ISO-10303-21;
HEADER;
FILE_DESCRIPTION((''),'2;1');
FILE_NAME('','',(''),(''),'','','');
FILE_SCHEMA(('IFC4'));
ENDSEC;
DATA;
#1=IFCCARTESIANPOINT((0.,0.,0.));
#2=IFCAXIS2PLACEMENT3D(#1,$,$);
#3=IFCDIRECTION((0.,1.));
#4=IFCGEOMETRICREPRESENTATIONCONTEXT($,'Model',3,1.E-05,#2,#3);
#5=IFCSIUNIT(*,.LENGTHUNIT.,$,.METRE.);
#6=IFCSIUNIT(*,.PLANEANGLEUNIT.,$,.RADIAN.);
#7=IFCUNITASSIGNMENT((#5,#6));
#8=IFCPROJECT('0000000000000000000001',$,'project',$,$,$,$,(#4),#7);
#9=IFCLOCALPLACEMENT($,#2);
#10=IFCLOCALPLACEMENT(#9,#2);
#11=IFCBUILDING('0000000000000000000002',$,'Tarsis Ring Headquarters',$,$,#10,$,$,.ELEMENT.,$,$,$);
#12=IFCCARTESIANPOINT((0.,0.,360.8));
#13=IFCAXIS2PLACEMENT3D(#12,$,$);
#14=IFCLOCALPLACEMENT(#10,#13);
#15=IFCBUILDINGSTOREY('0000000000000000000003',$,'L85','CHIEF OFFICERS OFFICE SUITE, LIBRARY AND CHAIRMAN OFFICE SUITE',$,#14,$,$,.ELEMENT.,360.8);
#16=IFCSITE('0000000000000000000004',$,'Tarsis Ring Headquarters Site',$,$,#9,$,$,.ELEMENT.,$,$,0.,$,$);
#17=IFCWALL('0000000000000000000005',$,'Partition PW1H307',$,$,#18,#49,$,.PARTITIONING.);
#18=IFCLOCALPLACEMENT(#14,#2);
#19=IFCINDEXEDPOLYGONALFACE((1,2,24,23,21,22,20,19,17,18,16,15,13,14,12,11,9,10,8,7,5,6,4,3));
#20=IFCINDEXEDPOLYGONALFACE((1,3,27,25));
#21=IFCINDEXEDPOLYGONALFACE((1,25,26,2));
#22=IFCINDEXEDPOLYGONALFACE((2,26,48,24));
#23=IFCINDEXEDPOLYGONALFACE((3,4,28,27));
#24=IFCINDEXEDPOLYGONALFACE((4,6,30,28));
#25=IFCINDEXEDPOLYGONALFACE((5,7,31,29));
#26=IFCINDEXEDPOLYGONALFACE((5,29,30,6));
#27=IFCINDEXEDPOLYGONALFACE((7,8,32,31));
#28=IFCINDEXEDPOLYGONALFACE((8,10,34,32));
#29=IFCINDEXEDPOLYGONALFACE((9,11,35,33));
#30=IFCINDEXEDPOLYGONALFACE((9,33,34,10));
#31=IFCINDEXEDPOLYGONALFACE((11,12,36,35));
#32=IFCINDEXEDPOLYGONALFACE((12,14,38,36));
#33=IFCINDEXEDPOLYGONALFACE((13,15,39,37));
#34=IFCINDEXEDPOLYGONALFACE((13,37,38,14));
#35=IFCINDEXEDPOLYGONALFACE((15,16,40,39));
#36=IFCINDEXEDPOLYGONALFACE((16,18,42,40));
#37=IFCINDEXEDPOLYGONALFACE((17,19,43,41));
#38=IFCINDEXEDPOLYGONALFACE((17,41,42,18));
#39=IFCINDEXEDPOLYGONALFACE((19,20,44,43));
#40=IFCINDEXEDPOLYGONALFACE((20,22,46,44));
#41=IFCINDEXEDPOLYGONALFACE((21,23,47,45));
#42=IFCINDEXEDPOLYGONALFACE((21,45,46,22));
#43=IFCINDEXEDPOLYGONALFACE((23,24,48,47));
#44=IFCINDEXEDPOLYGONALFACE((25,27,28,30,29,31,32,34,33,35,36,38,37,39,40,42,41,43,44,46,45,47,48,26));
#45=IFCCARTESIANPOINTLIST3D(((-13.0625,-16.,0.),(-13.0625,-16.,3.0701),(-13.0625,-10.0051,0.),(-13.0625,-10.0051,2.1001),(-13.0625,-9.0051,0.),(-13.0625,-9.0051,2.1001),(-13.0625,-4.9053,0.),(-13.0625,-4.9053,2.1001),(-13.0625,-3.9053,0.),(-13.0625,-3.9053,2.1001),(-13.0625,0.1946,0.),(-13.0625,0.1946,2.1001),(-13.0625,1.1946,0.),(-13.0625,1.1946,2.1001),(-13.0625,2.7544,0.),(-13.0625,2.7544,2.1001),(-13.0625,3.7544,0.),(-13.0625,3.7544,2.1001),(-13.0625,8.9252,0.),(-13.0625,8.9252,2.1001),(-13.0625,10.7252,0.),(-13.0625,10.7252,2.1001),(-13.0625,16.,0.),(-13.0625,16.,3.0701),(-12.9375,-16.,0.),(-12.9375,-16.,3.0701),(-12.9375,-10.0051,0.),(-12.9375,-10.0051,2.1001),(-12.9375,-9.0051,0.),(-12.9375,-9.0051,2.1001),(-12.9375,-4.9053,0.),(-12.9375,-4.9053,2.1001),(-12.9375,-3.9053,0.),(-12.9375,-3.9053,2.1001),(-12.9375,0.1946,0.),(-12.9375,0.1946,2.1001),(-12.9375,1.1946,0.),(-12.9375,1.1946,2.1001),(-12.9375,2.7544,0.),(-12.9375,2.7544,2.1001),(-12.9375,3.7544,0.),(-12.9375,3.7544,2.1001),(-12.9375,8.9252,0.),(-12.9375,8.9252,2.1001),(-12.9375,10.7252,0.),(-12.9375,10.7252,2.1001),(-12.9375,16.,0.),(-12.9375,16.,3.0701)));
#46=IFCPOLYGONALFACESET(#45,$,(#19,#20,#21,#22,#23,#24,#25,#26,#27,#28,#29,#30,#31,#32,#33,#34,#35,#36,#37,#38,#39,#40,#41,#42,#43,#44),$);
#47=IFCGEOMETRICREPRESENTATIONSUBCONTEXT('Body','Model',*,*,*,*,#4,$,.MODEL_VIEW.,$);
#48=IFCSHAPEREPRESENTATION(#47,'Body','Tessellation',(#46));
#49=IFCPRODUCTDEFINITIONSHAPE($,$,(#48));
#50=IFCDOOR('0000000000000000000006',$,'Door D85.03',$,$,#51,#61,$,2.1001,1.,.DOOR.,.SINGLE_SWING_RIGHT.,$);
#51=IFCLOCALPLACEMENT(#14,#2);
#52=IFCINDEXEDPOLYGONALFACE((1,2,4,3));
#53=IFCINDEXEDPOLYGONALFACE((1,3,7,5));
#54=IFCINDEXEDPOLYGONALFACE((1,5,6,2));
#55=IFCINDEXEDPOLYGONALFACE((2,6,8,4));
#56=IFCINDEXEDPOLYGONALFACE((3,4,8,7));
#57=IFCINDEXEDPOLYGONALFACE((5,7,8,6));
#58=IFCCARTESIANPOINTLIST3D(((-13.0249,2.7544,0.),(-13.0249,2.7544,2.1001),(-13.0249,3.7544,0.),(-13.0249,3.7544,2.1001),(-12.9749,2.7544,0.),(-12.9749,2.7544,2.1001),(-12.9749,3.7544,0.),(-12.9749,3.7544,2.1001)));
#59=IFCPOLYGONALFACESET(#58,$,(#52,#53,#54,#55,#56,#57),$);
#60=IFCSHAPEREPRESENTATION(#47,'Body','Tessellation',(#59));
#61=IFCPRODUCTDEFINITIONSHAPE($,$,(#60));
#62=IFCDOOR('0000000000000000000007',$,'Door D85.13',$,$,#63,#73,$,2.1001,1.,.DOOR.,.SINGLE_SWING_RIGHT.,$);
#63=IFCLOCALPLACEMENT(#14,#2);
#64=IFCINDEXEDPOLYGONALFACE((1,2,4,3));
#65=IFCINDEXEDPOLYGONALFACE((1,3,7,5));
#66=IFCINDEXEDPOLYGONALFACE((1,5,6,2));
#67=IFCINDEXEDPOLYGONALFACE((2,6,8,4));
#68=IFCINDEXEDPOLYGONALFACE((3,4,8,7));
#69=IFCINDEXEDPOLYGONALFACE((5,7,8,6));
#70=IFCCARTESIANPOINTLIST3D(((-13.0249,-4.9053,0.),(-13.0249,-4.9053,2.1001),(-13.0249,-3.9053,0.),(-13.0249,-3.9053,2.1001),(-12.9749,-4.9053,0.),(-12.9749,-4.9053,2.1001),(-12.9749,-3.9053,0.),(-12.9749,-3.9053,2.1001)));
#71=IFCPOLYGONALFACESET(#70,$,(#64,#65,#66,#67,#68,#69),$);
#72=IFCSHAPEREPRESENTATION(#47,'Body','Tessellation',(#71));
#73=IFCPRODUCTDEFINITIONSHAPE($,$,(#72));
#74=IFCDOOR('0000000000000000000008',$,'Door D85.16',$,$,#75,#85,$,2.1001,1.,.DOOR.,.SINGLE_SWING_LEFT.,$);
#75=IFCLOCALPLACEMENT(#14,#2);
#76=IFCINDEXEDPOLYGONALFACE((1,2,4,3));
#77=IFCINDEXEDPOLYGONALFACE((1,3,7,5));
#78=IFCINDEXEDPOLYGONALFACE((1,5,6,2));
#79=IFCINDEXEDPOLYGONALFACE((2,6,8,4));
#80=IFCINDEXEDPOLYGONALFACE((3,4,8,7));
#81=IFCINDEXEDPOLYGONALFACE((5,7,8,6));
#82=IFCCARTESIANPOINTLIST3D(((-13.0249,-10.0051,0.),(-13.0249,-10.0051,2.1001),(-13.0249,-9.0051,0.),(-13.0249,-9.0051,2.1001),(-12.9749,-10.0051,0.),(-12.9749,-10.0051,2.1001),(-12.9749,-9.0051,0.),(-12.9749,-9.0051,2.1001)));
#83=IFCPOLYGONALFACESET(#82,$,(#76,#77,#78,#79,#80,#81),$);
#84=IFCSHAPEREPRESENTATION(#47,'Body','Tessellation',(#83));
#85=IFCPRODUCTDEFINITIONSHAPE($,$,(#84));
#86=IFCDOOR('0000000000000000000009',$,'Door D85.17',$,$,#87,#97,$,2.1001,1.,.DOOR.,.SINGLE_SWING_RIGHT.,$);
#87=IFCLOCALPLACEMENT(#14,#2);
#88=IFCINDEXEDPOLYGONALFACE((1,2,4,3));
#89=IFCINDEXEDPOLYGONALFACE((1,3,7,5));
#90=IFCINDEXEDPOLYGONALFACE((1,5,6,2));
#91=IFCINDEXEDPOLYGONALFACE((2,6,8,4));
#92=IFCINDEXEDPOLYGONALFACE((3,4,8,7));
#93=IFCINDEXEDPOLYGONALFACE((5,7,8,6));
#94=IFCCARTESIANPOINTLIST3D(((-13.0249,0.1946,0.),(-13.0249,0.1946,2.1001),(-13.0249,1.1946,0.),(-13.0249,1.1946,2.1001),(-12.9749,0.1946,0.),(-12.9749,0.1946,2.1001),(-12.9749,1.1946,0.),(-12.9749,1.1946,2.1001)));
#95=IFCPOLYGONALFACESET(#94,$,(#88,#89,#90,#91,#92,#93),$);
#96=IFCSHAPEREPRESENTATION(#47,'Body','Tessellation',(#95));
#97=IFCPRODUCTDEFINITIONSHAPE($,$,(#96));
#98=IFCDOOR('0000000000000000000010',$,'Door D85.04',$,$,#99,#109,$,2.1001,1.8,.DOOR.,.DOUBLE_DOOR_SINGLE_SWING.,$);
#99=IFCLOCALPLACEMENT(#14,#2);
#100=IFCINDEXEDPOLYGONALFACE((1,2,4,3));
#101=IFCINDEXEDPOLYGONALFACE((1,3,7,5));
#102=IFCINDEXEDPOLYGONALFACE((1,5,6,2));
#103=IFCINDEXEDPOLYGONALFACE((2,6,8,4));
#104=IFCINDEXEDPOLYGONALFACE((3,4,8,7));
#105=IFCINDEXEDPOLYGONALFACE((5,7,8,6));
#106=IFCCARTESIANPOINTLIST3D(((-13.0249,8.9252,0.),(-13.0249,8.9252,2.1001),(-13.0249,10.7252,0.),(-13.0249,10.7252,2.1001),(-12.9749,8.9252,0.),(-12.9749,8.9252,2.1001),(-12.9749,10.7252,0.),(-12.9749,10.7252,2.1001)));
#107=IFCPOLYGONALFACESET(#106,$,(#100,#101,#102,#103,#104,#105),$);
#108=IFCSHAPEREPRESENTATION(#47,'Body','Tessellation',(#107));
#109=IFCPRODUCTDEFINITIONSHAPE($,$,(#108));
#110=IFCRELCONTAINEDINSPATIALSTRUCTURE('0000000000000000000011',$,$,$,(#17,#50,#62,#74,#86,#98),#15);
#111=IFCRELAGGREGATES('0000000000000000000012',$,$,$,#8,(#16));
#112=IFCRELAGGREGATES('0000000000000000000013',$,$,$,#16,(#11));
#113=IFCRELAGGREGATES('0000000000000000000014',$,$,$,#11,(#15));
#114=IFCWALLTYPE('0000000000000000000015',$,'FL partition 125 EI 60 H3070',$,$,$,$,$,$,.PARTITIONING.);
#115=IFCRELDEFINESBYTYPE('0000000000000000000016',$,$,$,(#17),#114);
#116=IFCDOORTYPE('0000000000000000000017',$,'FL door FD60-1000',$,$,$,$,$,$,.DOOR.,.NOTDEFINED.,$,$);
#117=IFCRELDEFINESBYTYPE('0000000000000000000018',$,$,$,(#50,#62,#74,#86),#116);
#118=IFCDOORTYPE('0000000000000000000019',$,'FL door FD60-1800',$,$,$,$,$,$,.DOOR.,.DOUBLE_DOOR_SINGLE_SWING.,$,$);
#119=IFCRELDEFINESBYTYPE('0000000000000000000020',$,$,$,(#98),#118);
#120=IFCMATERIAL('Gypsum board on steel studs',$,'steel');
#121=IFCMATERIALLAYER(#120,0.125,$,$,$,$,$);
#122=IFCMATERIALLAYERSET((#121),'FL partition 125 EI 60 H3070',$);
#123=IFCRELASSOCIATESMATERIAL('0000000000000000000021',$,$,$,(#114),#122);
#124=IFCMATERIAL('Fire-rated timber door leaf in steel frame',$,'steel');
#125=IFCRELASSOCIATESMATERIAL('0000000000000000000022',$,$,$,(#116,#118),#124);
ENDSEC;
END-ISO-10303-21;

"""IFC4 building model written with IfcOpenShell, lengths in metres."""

from ifc_helpers import new_model, si_unit, direction, frame, frame_2d, origin, place, context, subcontext, project, spatial, rectangle, extrude, material, layer, layer_set, type_object, element, fill, save


model = new_model("IFC4")

# Units and contexts
model_context = context("Model", 3, precision=1e-05, world=origin(), true_north=direction((0.0, 1.0)))
body_context = subcontext(model_context, "Body", "Model", "MODEL_VIEW")
ifc_project = project(units=[si_unit("LENGTHUNIT", "METRE"), si_unit("PLANEANGLEUNIT", "RADIAN")], contexts=[model_context])

# Site, building, storey
site_placement = place(None, origin())
site = spatial("IfcSite", under=ifc_project, at=site_placement, Name="Tarsis Ring Headquarters Site", CompositionType="ELEMENT", RefElevation=0.0)
building_placement = place(site_placement, origin())
building = spatial("IfcBuilding", under=site, at=building_placement, Name="Tarsis Ring Headquarters", CompositionType="ELEMENT")
storey_placement = place(building_placement, frame((0.0, 0.0, 360.8)))
storey = spatial("IfcBuildingStorey", under=building, at=storey_placement, Name="L85", Description="CHIEF OFFICERS OFFICE SUITE, LIBRARY AND CHAIRMAN OFFICE SUITE", CompositionType="ELEMENT", Elevation=360.8)

# Wall, openings, doors
ifc_material_1 = material(Name="Gypsum board on steel studs", Category="steel")
ifc_layer_1 = layer(ifc_material_1, 0.125)
ifc_layer_set_1 = layer_set([ifc_layer_1], Name="FL partition 125 EI 60 H3070")
wall_type_1 = type_object("IfcWallType", Name="FL partition 125 EI 60 H3070", PredefinedType="PARTITIONING", material=ifc_layer_set_1)
wall_1_placement = place(storey_placement, frame((-13.0, -16.0, 0.0), z_axis=(0.0, 0.0, 1.0), x_axis=(0.0, 1.0, 0.0)))
wall_1 = element("IfcWall", 1, at=wall_1_placement, inside=storey, type_object=wall_type_1, Name="Partition PW1H307", PredefinedType="PARTITIONING", context=body_context, shape_type="SweptSolid", body=[
    extrude(rectangle(XDim=32.0, YDim=0.125, at=frame_2d((16.0, 0.0))), origin(), (0.0, 0.0, 1.0), 3.0701),
])
opening_1_placement = place(wall_1_placement, frame((18.7544, 0.0, 0.0)))
opening_1 = element("IfcOpeningElement", 2, at=opening_1_placement, cuts=wall_1, PredefinedType="OPENING", context=body_context, shape_type="SweptSolid", body=[
    extrude(rectangle(XDim=1.0, YDim=2.1001, at=frame_2d((0.5, 1.05))), frame((0.0, 0.0725, 0.0), z_axis=(0.0, -1.0, 0.0), x_axis=(1.0, 0.0, 0.0)), (0.0, 0.0, 1.0), 0.145),
])
opening_2_placement = place(wall_1_placement, frame((24.9253, 0.0, 0.0)))
opening_2 = element("IfcOpeningElement", 3, at=opening_2_placement, cuts=wall_1, PredefinedType="OPENING", context=body_context, shape_type="SweptSolid", body=[
    extrude(rectangle(XDim=1.8, YDim=2.1001, at=frame_2d((0.8999, 1.05))), frame((0.0, 0.0725, 0.0), z_axis=(0.0, -1.0, 0.0), x_axis=(1.0, 0.0, 0.0)), (0.0, 0.0, 1.0), 0.145),
])
opening_3_placement = place(wall_1_placement, frame((11.0947, 0.0, 0.0)))
opening_3 = element("IfcOpeningElement", 4, at=opening_3_placement, cuts=wall_1, PredefinedType="OPENING", context=body_context, shape_type="SweptSolid", body=[
    extrude(rectangle(XDim=1.0, YDim=2.1001, at=frame_2d((0.5, 1.05))), frame((0.0, 0.0725, 0.0), z_axis=(0.0, -1.0, 0.0), x_axis=(1.0, 0.0, 0.0)), (0.0, 0.0, 1.0), 0.145),
])
opening_4_placement = place(wall_1_placement, frame((5.9949, 0.0, 0.0)))
opening_4 = element("IfcOpeningElement", 5, at=opening_4_placement, cuts=wall_1, PredefinedType="OPENING", context=body_context, shape_type="SweptSolid", body=[
    extrude(rectangle(XDim=1.0, YDim=2.1001, at=frame_2d((0.5, 1.05))), frame((0.0, 0.0725, 0.0), z_axis=(0.0, -1.0, 0.0), x_axis=(1.0, 0.0, 0.0)), (0.0, 0.0, 1.0), 0.145),
])
opening_5_placement = place(wall_1_placement, frame((16.1946, 0.0, 0.0)))
opening_5 = element("IfcOpeningElement", 6, at=opening_5_placement, cuts=wall_1, PredefinedType="OPENING", context=body_context, shape_type="SweptSolid", body=[
    extrude(rectangle(XDim=1.0, YDim=2.1001, at=frame_2d((0.5, 1.05))), frame((0.0, 0.0725, 0.0), z_axis=(0.0, -1.0, 0.0), x_axis=(1.0, 0.0, 0.0)), (0.0, 0.0, 1.0), 0.145),
])
ifc_material_2 = material(Name="Fire-rated timber door leaf in steel frame", Category="steel")
door_type_1 = type_object("IfcDoorType", Name="FL door FD60-1000", OperationType="NOTDEFINED", PredefinedType="DOOR", material=ifc_material_2)
door_1_placement = place(opening_1_placement, origin())
door_1 = element("IfcDoor", 7, at=door_1_placement, inside=storey, type_object=door_type_1, Name="Door D85.03", OperationType="SINGLE_SWING_RIGHT", OverallHeight=2.1001, OverallWidth=1.0, PredefinedType="DOOR", context=body_context, shape_type="SweptSolid", body=[
    extrude(rectangle(XDim=1.0, YDim=2.1001, at=frame_2d((0.5, 1.05))), frame((0.0, 0.0249, 0.0), z_axis=(0.0, -1.0, 0.0), x_axis=(1.0, 0.0, 0.0)), (0.0, 0.0, 1.0), 0.05),
])
fill(opening_1, door_1)
door_2_placement = place(opening_3_placement, origin())
door_2 = element("IfcDoor", 8, at=door_2_placement, inside=storey, type_object=door_type_1, Name="Door D85.13", OperationType="SINGLE_SWING_RIGHT", OverallHeight=2.1001, OverallWidth=1.0, PredefinedType="DOOR", context=body_context, shape_type="SweptSolid", body=[
    extrude(rectangle(XDim=1.0, YDim=2.1001, at=frame_2d((0.5, 1.05))), frame((0.0, 0.0249, 0.0), z_axis=(0.0, -1.0, 0.0), x_axis=(1.0, 0.0, 0.0)), (0.0, 0.0, 1.0), 0.05),
])
fill(opening_3, door_2)
door_3_placement = place(opening_4_placement, origin())
door_3 = element("IfcDoor", 9, at=door_3_placement, inside=storey, type_object=door_type_1, Name="Door D85.16", OperationType="SINGLE_SWING_LEFT", OverallHeight=2.1001, OverallWidth=1.0, PredefinedType="DOOR", context=body_context, shape_type="SweptSolid", body=[
    extrude(rectangle(XDim=1.0, YDim=2.1001, at=frame_2d((0.5, 1.05))), frame((0.0, 0.0249, 0.0), z_axis=(0.0, -1.0, 0.0), x_axis=(1.0, 0.0, 0.0)), (0.0, 0.0, 1.0), 0.05),
])
fill(opening_4, door_3)
door_4_placement = place(opening_5_placement, origin())
door_4 = element("IfcDoor", 10, at=door_4_placement, inside=storey, type_object=door_type_1, Name="Door D85.17", OperationType="SINGLE_SWING_RIGHT", OverallHeight=2.1001, OverallWidth=1.0, PredefinedType="DOOR", context=body_context, shape_type="SweptSolid", body=[
    extrude(rectangle(XDim=1.0, YDim=2.1001, at=frame_2d((0.5, 1.05))), frame((0.0, 0.0249, 0.0), z_axis=(0.0, -1.0, 0.0), x_axis=(1.0, 0.0, 0.0)), (0.0, 0.0, 1.0), 0.05),
])
fill(opening_5, door_4)
door_type_2 = type_object("IfcDoorType", Name="FL door FD60-1800", OperationType="DOUBLE_DOOR_SINGLE_SWING", PredefinedType="DOOR", material=ifc_material_2)
door_5_placement = place(opening_2_placement, origin())
door_5 = element("IfcDoor", 11, at=door_5_placement, inside=storey, type_object=door_type_2, Name="Door D85.04", OperationType="DOUBLE_DOOR_SINGLE_SWING", OverallHeight=2.1001, OverallWidth=1.8, PredefinedType="DOOR", context=body_context, shape_type="SweptSolid", body=[
    extrude(rectangle(XDim=1.8, YDim=2.1001, at=frame_2d((0.8999, 1.05))), frame((0.0, 0.0249, 0.0), z_axis=(0.0, -1.0, 0.0), x_axis=(1.0, 0.0, 0.0)), (0.0, 0.0, 1.0), 0.05),
])
fill(opening_2, door_5)

save(model, "model.ifc")
